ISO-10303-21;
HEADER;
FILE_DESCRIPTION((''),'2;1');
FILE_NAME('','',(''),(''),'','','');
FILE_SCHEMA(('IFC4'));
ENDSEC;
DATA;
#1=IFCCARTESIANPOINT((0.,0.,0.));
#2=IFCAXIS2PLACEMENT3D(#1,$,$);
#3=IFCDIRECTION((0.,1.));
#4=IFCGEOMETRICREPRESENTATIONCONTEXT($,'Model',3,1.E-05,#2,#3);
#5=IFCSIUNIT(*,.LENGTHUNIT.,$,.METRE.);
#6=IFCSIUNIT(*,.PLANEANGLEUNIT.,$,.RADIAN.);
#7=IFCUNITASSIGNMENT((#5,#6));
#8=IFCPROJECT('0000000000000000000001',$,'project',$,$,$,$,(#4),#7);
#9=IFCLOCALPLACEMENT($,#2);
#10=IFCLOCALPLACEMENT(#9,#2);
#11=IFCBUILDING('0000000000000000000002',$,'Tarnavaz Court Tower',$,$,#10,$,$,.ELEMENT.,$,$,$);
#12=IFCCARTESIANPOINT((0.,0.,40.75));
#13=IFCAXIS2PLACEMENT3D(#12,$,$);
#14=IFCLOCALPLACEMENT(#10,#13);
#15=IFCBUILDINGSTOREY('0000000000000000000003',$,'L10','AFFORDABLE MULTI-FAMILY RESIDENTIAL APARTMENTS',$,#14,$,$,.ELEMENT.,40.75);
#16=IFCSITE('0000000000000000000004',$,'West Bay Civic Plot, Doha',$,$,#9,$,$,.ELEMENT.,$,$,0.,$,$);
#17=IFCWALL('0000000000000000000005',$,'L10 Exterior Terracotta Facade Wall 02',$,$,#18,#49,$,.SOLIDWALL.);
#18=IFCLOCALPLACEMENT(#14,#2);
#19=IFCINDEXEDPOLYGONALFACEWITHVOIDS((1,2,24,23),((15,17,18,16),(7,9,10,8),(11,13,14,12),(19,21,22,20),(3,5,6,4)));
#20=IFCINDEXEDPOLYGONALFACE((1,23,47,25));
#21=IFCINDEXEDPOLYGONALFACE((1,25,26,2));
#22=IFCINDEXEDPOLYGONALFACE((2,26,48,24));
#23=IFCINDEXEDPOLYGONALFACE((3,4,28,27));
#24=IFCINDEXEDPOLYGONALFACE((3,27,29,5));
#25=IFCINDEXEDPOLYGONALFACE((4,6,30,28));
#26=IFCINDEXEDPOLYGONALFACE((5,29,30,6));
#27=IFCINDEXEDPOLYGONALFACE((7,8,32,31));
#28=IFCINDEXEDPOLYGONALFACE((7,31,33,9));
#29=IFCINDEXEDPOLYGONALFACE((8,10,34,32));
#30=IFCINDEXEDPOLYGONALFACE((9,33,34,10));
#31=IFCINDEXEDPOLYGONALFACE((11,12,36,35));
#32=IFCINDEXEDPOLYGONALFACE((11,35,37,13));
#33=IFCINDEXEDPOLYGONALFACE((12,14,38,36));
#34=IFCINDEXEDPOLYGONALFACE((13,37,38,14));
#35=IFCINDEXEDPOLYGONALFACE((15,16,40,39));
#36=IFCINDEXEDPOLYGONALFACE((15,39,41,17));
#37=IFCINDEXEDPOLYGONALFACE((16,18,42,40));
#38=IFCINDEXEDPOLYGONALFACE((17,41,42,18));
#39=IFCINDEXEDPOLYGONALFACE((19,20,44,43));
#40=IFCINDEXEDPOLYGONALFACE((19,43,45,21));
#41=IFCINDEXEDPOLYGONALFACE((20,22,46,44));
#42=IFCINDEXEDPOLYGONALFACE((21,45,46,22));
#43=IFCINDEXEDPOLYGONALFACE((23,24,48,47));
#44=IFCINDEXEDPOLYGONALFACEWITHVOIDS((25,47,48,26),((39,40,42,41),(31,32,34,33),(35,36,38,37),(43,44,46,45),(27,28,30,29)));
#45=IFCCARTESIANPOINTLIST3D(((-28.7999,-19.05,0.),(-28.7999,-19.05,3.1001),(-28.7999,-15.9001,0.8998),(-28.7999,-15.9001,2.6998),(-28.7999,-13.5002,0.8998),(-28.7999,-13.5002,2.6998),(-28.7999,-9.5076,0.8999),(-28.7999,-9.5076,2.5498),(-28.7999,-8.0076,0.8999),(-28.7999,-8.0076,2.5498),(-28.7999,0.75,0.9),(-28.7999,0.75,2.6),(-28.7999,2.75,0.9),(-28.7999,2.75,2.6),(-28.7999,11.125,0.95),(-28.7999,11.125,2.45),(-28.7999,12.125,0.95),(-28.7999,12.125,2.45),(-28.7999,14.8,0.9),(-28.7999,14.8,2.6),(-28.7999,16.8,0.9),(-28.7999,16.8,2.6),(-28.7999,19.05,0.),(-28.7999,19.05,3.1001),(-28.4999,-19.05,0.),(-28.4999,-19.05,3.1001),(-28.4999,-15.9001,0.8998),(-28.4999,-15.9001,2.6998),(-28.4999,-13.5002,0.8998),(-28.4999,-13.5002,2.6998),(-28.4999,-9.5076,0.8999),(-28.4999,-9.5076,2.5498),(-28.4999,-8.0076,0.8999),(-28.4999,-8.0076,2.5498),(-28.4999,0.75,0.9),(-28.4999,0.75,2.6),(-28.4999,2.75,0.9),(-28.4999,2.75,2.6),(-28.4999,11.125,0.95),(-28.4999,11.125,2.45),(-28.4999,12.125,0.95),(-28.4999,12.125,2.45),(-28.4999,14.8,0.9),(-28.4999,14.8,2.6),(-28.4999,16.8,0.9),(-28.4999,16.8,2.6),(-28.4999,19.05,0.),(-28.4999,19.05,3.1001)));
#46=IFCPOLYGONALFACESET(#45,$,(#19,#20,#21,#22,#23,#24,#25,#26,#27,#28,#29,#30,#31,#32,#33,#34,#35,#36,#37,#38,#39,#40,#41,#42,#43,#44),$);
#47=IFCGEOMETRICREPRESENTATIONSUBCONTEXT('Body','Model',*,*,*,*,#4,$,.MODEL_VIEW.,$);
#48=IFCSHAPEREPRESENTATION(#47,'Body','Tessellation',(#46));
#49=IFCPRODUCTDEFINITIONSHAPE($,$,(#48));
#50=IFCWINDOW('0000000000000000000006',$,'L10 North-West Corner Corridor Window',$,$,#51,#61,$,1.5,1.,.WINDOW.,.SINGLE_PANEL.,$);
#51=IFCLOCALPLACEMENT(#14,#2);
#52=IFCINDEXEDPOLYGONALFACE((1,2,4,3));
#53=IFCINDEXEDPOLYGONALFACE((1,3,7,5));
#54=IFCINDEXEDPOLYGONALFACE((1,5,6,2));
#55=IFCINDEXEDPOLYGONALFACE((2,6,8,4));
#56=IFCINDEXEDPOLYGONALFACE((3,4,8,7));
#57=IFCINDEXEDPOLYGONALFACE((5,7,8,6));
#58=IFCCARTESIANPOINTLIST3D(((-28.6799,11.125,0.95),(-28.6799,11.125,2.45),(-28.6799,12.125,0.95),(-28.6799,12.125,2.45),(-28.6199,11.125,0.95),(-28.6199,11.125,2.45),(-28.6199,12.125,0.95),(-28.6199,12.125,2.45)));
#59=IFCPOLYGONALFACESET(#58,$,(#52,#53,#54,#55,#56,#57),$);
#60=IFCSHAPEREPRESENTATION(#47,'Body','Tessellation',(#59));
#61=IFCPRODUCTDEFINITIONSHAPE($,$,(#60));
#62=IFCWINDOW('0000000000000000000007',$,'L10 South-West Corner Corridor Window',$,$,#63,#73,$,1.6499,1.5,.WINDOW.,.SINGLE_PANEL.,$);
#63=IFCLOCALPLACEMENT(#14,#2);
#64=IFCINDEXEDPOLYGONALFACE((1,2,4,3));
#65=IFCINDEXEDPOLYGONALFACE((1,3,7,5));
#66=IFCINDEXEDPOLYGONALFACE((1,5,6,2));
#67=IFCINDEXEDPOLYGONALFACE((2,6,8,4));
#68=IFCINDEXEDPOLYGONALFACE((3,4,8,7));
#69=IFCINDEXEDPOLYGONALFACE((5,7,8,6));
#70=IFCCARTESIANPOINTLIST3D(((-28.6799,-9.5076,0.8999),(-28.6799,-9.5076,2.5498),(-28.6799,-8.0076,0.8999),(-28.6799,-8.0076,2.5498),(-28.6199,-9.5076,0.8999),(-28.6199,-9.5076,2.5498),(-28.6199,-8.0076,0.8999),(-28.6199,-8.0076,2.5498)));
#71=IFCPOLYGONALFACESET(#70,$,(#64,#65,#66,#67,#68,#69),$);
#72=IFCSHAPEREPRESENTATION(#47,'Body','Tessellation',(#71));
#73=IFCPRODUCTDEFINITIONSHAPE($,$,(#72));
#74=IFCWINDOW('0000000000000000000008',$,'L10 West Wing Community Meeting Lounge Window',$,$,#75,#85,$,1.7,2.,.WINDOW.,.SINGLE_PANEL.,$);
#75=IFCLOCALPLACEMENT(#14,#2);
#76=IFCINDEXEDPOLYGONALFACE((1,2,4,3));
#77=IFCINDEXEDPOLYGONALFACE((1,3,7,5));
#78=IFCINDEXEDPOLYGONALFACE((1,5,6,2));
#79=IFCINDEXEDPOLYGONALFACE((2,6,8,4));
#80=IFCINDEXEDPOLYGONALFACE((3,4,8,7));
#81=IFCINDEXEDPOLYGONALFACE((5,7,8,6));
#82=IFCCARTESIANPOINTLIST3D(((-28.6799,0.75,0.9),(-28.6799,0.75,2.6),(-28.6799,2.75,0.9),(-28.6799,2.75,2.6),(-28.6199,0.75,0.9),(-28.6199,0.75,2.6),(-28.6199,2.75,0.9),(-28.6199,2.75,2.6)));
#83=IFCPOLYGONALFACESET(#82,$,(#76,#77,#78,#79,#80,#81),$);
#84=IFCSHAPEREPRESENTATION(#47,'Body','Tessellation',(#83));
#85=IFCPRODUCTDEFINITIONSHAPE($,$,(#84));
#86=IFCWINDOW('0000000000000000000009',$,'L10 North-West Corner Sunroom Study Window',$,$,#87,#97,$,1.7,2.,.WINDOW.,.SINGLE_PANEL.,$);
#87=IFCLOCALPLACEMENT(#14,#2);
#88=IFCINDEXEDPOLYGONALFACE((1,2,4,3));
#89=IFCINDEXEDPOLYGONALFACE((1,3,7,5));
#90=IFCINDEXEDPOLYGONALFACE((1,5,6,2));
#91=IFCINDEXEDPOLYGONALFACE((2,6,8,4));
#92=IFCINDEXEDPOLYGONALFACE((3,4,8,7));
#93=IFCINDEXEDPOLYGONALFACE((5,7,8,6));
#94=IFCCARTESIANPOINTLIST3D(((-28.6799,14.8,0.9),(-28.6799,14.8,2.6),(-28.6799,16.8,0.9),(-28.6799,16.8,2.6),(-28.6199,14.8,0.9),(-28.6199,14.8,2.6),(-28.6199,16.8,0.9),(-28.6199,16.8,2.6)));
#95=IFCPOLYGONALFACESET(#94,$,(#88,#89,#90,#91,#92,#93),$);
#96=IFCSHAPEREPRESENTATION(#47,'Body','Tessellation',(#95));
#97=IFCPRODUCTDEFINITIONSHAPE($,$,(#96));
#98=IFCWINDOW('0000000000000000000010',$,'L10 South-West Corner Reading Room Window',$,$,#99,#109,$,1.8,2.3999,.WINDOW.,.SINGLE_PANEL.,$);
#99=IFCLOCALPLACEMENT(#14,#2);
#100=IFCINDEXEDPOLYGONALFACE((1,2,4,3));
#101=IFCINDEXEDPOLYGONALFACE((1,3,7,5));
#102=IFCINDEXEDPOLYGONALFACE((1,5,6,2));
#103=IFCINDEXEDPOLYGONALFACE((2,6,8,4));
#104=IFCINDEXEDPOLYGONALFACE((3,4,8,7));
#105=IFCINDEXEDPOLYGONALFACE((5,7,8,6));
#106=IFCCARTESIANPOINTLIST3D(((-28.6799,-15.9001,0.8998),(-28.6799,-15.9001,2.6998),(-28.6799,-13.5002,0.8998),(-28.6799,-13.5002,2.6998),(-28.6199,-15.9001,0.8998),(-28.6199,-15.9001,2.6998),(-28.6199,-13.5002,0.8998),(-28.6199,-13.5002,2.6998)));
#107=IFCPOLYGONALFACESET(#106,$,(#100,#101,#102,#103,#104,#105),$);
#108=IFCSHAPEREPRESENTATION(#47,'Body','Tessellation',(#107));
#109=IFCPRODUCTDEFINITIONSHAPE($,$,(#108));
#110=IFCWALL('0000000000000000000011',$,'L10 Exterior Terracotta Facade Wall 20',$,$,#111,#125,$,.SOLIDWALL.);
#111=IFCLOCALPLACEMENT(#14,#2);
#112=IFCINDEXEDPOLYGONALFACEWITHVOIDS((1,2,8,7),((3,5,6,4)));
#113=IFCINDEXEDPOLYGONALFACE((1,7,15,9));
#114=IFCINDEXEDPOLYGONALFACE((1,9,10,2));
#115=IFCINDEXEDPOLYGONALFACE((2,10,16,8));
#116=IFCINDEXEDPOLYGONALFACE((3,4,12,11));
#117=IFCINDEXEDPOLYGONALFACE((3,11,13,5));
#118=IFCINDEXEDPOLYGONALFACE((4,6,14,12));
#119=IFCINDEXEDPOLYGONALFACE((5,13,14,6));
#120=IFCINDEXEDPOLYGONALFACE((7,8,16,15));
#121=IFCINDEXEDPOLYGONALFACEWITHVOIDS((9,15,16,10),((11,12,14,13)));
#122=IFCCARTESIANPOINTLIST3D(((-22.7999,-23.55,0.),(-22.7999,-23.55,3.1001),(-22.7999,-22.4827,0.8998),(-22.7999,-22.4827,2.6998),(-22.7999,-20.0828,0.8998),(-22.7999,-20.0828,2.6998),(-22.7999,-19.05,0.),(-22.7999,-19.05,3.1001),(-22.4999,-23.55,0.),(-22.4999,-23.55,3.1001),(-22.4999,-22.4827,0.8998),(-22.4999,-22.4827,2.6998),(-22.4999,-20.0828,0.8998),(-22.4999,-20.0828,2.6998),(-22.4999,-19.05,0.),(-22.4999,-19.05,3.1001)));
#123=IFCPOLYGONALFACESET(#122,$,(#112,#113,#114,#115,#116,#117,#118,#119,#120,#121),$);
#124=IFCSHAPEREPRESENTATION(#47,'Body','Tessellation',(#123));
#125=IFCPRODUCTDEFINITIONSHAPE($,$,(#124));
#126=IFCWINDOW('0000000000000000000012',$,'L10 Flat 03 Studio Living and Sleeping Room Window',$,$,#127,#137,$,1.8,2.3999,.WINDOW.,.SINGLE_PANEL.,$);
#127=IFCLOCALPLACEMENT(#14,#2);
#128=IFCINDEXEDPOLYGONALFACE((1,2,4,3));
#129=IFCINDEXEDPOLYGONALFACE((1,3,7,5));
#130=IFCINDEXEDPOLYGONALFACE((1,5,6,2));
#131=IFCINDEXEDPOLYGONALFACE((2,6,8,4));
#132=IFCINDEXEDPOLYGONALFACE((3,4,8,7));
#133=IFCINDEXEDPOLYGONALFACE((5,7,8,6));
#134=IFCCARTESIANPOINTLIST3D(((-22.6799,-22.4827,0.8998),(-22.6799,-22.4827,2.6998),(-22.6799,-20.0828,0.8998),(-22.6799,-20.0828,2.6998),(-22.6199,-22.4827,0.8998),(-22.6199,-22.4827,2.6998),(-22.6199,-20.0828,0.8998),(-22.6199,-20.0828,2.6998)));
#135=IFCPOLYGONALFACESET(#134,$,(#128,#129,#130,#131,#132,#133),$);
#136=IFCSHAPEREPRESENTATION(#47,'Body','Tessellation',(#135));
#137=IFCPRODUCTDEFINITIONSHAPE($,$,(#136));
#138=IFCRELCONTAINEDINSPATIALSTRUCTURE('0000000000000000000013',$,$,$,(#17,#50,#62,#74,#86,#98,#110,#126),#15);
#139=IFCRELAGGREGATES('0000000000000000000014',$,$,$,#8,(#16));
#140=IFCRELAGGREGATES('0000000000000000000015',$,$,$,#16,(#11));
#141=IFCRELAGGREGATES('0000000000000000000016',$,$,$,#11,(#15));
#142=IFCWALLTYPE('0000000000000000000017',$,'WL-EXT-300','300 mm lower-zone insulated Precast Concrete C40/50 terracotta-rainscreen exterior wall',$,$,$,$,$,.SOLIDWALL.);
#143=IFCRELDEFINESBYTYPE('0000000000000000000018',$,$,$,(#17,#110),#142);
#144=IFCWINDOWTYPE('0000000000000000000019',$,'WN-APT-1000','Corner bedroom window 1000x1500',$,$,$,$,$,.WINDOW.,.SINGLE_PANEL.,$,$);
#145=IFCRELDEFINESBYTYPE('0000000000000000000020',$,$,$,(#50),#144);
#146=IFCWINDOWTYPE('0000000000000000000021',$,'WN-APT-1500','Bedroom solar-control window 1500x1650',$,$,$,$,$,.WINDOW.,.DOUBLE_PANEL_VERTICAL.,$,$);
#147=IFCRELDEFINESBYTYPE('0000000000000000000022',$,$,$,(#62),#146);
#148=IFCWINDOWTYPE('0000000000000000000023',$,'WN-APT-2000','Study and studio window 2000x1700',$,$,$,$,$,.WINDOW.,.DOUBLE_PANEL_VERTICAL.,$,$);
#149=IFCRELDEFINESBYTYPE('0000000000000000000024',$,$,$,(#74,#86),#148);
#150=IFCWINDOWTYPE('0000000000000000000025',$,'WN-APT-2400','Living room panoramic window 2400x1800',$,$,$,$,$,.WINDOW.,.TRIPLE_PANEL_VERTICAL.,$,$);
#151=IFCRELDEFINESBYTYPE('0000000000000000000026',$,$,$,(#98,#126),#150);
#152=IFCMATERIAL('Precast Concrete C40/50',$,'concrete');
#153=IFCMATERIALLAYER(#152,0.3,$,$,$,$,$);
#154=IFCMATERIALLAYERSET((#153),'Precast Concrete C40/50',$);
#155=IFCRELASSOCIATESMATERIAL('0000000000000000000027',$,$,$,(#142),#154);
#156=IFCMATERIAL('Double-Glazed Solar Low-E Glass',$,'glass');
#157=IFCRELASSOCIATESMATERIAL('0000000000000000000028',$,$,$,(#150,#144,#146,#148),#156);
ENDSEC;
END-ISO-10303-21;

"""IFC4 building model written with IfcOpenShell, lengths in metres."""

from ifc_helpers import new_model, si_unit, direction, frame, frame_2d, origin, place, context, subcontext, project, spatial, rectangle, extrude, material, layer, layer_set, type_object, element, fill, save


model = new_model("IFC4")

# Units and contexts
model_context = context("Model", 3, precision=1e-05, world=origin(), true_north=direction((0.0, 1.0)))
body_context = subcontext(model_context, "Body", "Model", "MODEL_VIEW")
ifc_project = project(units=[si_unit("LENGTHUNIT", "METRE"), si_unit("PLANEANGLEUNIT", "RADIAN")], contexts=[model_context])

# Site, building, storey
site_placement = place(None, origin())
site = spatial("IfcSite", under=ifc_project, at=site_placement, Name="West Bay Civic Plot, Doha", CompositionType="ELEMENT", RefElevation=0.0)
building_placement = place(site_placement, origin())
building = spatial("IfcBuilding", under=site, at=building_placement, Name="Tarnavaz Court Tower", CompositionType="ELEMENT")
storey_placement = place(building_placement, frame((0.0, 0.0, 40.75)))
storey = spatial("IfcBuildingStorey", under=building, at=storey_placement, Name="L10", Description="AFFORDABLE MULTI-FAMILY RESIDENTIAL APARTMENTS", CompositionType="ELEMENT", Elevation=40.75)

# Shared definitions
ifc_material_1 = material(Name="Precast Concrete C40/50", Category="concrete")
ifc_layer_1 = layer(ifc_material_1, 0.3)
ifc_layer_set_1 = layer_set([ifc_layer_1], Name="Precast Concrete C40/50")
wall_type_1 = type_object("IfcWallType", Name="WL-EXT-300", Description="300 mm lower-zone insulated Precast Concrete C40/50 terracotta-rainscreen exterior wall", PredefinedType="SOLIDWALL", material=ifc_layer_set_1)
ifc_material_2 = material(Name="Double-Glazed Solar Low-E Glass", Category="glass")
window_type_1 = type_object("IfcWindowType", Name="WN-APT-2400", Description="Living room panoramic window 2400x1800", PartitioningType="TRIPLE_PANEL_VERTICAL", PredefinedType="WINDOW", material=ifc_material_2)

# Wall, openings, windows
wall_1_placement = place(storey_placement, frame((-28.6499, -19.05, 0.0), z_axis=(0.0, 0.0, 1.0), x_axis=(0.0, 1.0, 0.0)))
wall_1 = element("IfcWall", 1, at=wall_1_placement, inside=storey, type_object=wall_type_1, Name="L10 Exterior Terracotta Facade Wall 02", PredefinedType="SOLIDWALL", context=body_context, shape_type="SweptSolid", body=[
    extrude(rectangle(XDim=38.1001, YDim=0.3, at=frame_2d((19.05, 0.0))), origin(), (0.0, 0.0, 1.0), 3.1001),
])
opening_1_placement = place(wall_1_placement, frame((3.1499, 0.0, 0.8999)))
opening_1 = element("IfcOpeningElement", 2, at=opening_1_placement, cuts=wall_1, PredefinedType="OPENING", context=body_context, shape_type="SweptSolid", body=[
    extrude(rectangle(XDim=2.3999, YDim=1.8, at=frame_2d((1.2, 0.8999))), frame((0.0, 0.1599, 0.0), z_axis=(0.0, -1.0, 0.0), x_axis=(1.0, 0.0, 0.0)), (0.0, 0.0, 1.0), 0.3201),
])
opening_2_placement = place(wall_1_placement, frame((9.5425, 0.0, 0.8999)))
opening_2 = element("IfcOpeningElement", 3, at=opening_2_placement, cuts=wall_1, PredefinedType="OPENING", context=body_context, shape_type="SweptSolid", body=[
    extrude(rectangle(XDim=1.5, YDim=1.6499, at=frame_2d((0.75, 0.825))), frame((0.0, 0.1599, 0.0), z_axis=(0.0, -1.0, 0.0), x_axis=(1.0, 0.0, 0.0)), (0.0, 0.0, 1.0), 0.3201),
])
opening_3_placement = place(wall_1_placement, frame((19.8, 0.0, 0.8999)))
opening_3 = element("IfcOpeningElement", 4, at=opening_3_placement, cuts=wall_1, PredefinedType="OPENING", context=body_context, shape_type="SweptSolid", body=[
    extrude(rectangle(XDim=2.0, YDim=1.7, at=frame_2d((1.0, 0.8501))), frame((0.0, 0.1599, 0.0), z_axis=(0.0, -1.0, 0.0), x_axis=(1.0, 0.0, 0.0)), (0.0, 0.0, 1.0), 0.3201),
])
opening_4_placement = place(wall_1_placement, frame((30.175, 0.0, 0.95)))
opening_4 = element("IfcOpeningElement", 5, at=opening_4_placement, cuts=wall_1, PredefinedType="OPENING", context=body_context, shape_type="SweptSolid", body=[
    extrude(rectangle(XDim=1.0, YDim=1.5, at=frame_2d((0.5, 0.75))), frame((0.0, 0.1599, 0.0), z_axis=(0.0, -1.0, 0.0), x_axis=(1.0, 0.0, 0.0)), (0.0, 0.0, 1.0), 0.3201),
])
opening_5_placement = place(wall_1_placement, frame((33.8501, 0.0, 0.8999)))
opening_5 = element("IfcOpeningElement", 6, at=opening_5_placement, cuts=wall_1, PredefinedType="OPENING", context=body_context, shape_type="SweptSolid", body=[
    extrude(rectangle(XDim=2.0, YDim=1.7, at=frame_2d((1.0, 0.8501))), frame((0.0, 0.1599, 0.0), z_axis=(0.0, -1.0, 0.0), x_axis=(1.0, 0.0, 0.0)), (0.0, 0.0, 1.0), 0.3201),
])
window_type_2 = type_object("IfcWindowType", Name="WN-APT-1000", Description="Corner bedroom window 1000x1500", PartitioningType="SINGLE_PANEL", PredefinedType="WINDOW", material=ifc_material_2)
window_1_placement = place(opening_4_placement, origin())
window_1 = element("IfcWindow", 7, at=window_1_placement, inside=storey, type_object=window_type_2, Name="L10 North-West Corner Corridor Window", OverallHeight=1.5, OverallWidth=1.0, PartitioningType="SINGLE_PANEL", PredefinedType="WINDOW", context=body_context, shape_type="SweptSolid", body=[
    extrude(rectangle(XDim=1.0, YDim=1.5, at=frame_2d((0.5, 0.75))), frame((0.0, 0.03, 0.0), z_axis=(0.0, -1.0, 0.0), x_axis=(1.0, 0.0, 0.0)), (0.0, 0.0, 1.0), 0.0601),
])
fill(opening_4, window_1)
window_type_3 = type_object("IfcWindowType", Name="WN-APT-1500", Description="Bedroom solar-control window 1500x1650", PartitioningType="DOUBLE_PANEL_VERTICAL", PredefinedType="WINDOW", material=ifc_material_2)
window_2_placement = place(opening_2_placement, origin())
window_2 = element("IfcWindow", 8, at=window_2_placement, inside=storey, type_object=window_type_3, Name="L10 South-West Corner Corridor Window", OverallHeight=1.6499, OverallWidth=1.5, PartitioningType="SINGLE_PANEL", PredefinedType="WINDOW", context=body_context, shape_type="SweptSolid", body=[
    extrude(rectangle(XDim=1.5, YDim=1.6499, at=frame_2d((0.75, 0.825))), frame((0.0, 0.03, 0.0), z_axis=(0.0, -1.0, 0.0), x_axis=(1.0, 0.0, 0.0)), (0.0, 0.0, 1.0), 0.0601),
])
fill(opening_2, window_2)
window_type_4 = type_object("IfcWindowType", Name="WN-APT-2000", Description="Study and studio window 2000x1700", PartitioningType="DOUBLE_PANEL_VERTICAL", PredefinedType="WINDOW", material=ifc_material_2)
window_3_placement = place(opening_3_placement, origin())
window_3 = element("IfcWindow", 9, at=window_3_placement, inside=storey, type_object=window_type_4, Name="L10 West Wing Community Meeting Lounge Window", OverallHeight=1.7, OverallWidth=2.0, PartitioningType="SINGLE_PANEL", PredefinedType="WINDOW", context=body_context, shape_type="SweptSolid", body=[
    extrude(rectangle(XDim=2.0, YDim=1.7, at=frame_2d((1.0, 0.8501))), frame((0.0, 0.03, 0.0), z_axis=(0.0, -1.0, 0.0), x_axis=(1.0, 0.0, 0.0)), (0.0, 0.0, 1.0), 0.0601),
])
fill(opening_3, window_3)
window_4_placement = place(opening_5_placement, origin())
window_4 = element("IfcWindow", 10, at=window_4_placement, inside=storey, type_object=window_type_4, Name="L10 North-West Corner Sunroom Study Window", OverallHeight=1.7, OverallWidth=2.0, PartitioningType="SINGLE_PANEL", PredefinedType="WINDOW", context=body_context, shape_type="SweptSolid", body=[
    extrude(rectangle(XDim=2.0, YDim=1.7, at=frame_2d((1.0, 0.8501))), frame((0.0, 0.03, 0.0), z_axis=(0.0, -1.0, 0.0), x_axis=(1.0, 0.0, 0.0)), (0.0, 0.0, 1.0), 0.0601),
])
fill(opening_5, window_4)
window_5_placement = place(opening_1_placement, origin())
window_5 = element("IfcWindow", 11, at=window_5_placement, inside=storey, type_object=window_type_1, Name="L10 South-West Corner Reading Room Window", OverallHeight=1.8, OverallWidth=2.3999, PartitioningType="SINGLE_PANEL", PredefinedType="WINDOW", context=body_context, shape_type="SweptSolid", body=[
    extrude(rectangle(XDim=2.3999, YDim=1.8, at=frame_2d((1.2, 0.8999))), frame((0.0, 0.03, 0.0), z_axis=(0.0, -1.0, 0.0), x_axis=(1.0, 0.0, 0.0)), (0.0, 0.0, 1.0), 0.0601),
])
fill(opening_1, window_5)

# Wall, opening, window
wall_2_placement = place(storey_placement, frame((-22.6499, -23.55, 0.0), z_axis=(0.0, 0.0, 1.0), x_axis=(0.0, 1.0, 0.0)))
wall_2 = element("IfcWall", 12, at=wall_2_placement, inside=storey, type_object=wall_type_1, Name="L10 Exterior Terracotta Facade Wall 20", PredefinedType="SOLIDWALL", context=body_context, shape_type="SweptSolid", body=[
    extrude(rectangle(XDim=4.5, YDim=0.3, at=frame_2d((2.25, 0.0))), origin(), (0.0, 0.0, 1.0), 3.1001),
])
opening_6_placement = place(wall_2_placement, frame((1.0674, 0.0, 0.8999)))
opening_6 = element("IfcOpeningElement", 13, at=opening_6_placement, cuts=wall_2, PredefinedType="OPENING", context=body_context, shape_type="SweptSolid", body=[
    extrude(rectangle(XDim=2.3999, YDim=1.8, at=frame_2d((1.2, 0.8999))), frame((0.0, 0.1599, 0.0), z_axis=(0.0, -1.0, 0.0), x_axis=(1.0, 0.0, 0.0)), (0.0, 0.0, 1.0), 0.3201),
])
window_6_placement = place(opening_6_placement, origin())
window_6 = element("IfcWindow", 14, at=window_6_placement, inside=storey, type_object=window_type_1, Name="L10 Flat 03 Studio Living and Sleeping Room Window", OverallHeight=1.8, OverallWidth=2.3999, PartitioningType="SINGLE_PANEL", PredefinedType="WINDOW", context=body_context, shape_type="SweptSolid", body=[
    extrude(rectangle(XDim=2.3999, YDim=1.8, at=frame_2d((1.2, 0.8999))), frame((0.0, 0.03, 0.0), z_axis=(0.0, -1.0, 0.0), x_axis=(1.0, 0.0, 0.0)), (0.0, 0.0, 1.0), 0.0601),
])
fill(opening_6, window_6)

save(model, "model.ifc")
